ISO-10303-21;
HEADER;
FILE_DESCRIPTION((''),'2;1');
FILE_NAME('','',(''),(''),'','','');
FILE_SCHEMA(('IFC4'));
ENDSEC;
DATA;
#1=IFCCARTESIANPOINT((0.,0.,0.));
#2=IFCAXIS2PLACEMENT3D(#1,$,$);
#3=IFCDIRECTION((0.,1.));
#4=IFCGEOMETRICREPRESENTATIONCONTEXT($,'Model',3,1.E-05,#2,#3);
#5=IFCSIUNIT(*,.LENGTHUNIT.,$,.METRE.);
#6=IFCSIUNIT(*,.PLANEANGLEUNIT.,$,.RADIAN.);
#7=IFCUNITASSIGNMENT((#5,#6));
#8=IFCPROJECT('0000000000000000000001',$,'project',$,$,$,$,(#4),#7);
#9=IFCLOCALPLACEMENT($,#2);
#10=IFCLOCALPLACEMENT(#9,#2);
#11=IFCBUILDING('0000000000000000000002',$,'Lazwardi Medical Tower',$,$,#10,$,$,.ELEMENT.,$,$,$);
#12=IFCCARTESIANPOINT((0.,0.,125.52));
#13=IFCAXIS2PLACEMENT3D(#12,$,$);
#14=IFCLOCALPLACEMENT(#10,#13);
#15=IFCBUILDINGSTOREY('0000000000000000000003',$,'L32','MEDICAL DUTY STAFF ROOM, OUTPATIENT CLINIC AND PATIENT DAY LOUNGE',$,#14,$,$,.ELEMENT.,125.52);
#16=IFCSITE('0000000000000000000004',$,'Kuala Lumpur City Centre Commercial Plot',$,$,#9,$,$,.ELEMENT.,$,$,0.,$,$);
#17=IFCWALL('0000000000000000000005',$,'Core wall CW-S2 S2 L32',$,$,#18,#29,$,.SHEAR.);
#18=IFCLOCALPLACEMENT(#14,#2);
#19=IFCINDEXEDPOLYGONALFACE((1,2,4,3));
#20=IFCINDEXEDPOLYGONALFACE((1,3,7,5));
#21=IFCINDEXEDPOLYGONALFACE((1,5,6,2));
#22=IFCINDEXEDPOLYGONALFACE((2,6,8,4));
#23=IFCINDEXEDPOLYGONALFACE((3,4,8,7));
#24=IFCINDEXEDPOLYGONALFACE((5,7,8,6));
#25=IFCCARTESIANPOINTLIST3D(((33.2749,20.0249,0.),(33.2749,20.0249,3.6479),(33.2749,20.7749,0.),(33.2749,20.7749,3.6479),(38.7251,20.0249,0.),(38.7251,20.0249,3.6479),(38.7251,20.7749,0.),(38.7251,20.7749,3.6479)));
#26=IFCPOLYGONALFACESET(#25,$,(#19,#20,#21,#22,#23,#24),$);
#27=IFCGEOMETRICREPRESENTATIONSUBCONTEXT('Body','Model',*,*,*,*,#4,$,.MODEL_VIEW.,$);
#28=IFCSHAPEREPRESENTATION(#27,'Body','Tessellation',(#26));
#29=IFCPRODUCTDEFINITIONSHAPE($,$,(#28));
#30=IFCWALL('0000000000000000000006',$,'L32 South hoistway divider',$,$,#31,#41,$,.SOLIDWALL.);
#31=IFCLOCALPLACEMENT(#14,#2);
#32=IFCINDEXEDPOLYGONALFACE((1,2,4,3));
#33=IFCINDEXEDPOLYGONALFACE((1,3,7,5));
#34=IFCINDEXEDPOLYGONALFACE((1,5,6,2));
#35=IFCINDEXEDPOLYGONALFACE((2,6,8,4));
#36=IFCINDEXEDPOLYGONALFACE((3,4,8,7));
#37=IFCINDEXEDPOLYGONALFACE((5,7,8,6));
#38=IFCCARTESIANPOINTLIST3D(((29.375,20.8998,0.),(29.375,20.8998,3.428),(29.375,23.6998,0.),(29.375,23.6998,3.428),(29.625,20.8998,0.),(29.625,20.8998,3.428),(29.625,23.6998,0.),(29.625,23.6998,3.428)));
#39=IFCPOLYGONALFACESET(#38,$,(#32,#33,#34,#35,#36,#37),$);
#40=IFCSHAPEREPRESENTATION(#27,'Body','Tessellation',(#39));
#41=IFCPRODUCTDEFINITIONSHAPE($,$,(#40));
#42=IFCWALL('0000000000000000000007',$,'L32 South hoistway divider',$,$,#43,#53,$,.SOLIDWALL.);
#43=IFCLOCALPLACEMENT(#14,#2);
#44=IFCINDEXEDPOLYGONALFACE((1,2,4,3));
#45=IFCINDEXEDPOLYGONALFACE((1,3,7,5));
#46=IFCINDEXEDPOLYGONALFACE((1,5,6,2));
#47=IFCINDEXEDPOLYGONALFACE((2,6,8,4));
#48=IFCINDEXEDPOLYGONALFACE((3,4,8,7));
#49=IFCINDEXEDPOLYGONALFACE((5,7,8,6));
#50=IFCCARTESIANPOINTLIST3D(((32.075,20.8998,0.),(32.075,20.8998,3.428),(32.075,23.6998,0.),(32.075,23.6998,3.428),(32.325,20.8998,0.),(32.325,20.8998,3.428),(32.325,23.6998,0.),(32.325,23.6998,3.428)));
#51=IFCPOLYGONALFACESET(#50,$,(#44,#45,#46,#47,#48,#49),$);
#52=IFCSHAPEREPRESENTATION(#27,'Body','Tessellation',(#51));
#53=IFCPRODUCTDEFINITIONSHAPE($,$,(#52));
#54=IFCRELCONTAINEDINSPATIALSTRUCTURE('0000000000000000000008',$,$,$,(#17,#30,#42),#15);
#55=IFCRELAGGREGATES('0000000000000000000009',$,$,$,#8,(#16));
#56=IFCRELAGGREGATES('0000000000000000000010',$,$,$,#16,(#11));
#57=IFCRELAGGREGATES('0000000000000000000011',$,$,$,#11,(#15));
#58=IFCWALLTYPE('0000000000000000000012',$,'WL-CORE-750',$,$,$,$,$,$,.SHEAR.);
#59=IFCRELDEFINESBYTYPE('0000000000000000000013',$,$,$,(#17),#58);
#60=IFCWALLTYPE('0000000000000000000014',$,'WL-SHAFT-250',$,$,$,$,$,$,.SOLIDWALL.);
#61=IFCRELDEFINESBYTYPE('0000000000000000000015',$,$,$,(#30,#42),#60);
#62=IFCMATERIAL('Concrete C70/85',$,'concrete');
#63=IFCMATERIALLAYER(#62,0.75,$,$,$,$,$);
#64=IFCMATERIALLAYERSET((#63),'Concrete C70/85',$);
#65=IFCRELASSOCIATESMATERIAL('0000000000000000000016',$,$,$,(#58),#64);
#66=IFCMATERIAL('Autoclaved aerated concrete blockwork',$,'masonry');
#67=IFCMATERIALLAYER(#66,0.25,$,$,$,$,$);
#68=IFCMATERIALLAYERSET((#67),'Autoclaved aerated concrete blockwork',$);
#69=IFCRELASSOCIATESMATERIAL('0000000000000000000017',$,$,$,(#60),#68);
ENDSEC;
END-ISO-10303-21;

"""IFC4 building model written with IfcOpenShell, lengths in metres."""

from ifc_helpers import new_model, si_unit, direction, frame, frame_2d, origin, place, context, subcontext, project, spatial, rectangle, extrude, material, layer, layer_set, type_object, element, save


model = new_model("IFC4")

# Units and contexts
model_context = context("Model", 3, precision=1e-05, world=origin(), true_north=direction((0.0, 1.0)))
body_context = subcontext(model_context, "Body", "Model", "MODEL_VIEW")
ifc_project = project(units=[si_unit("LENGTHUNIT", "METRE"), si_unit("PLANEANGLEUNIT", "RADIAN")], contexts=[model_context])

# Site, building, storey
site_placement = place(None, origin())
site = spatial("IfcSite", under=ifc_project, at=site_placement, Name="Kuala Lumpur City Centre Commercial Plot", CompositionType="ELEMENT", RefElevation=0.0)
building_placement = place(site_placement, origin())
building = spatial("IfcBuilding", under=site, at=building_placement, Name="Lazwardi Medical Tower", CompositionType="ELEMENT")
storey_placement = place(building_placement, frame((0.0, 0.0, 125.52)))
storey = spatial("IfcBuildingStorey", under=building, at=storey_placement, Name="L32", Description="MEDICAL DUTY STAFF ROOM, OUTPATIENT CLINIC AND PATIENT DAY LOUNGE", CompositionType="ELEMENT", Elevation=125.52)

# Shared definitions
ifc_material_1 = material(Name="Concrete C70/85", Category="concrete")

# Shared definitions
ifc_layer_1 = layer(ifc_material_1, 0.75)
ifc_layer_set_1 = layer_set([ifc_layer_1], Name="Concrete C70/85")
wall_type_1 = type_object("IfcWallType", Name="WL-CORE-750", PredefinedType="SHEAR", material=ifc_layer_set_1)

# Walls
wall_1_placement = place(storey_placement, frame((33.2749, 20.3999, 0.0), z_axis=(0.0, 0.0, 1.0), x_axis=(1.0, 0.0, 0.0)))
element("IfcWall", 1, at=wall_1_placement, inside=storey, type_object=wall_type_1, Name="Core wall CW-S2 S2 L32", PredefinedType="SHEAR", context=body_context, shape_type="SweptSolid", body=[
    extrude(rectangle(XDim=5.4502, YDim=0.75, at=frame_2d((2.7251, 0.0))), origin(), (0.0, 0.0, 1.0), 3.6479),
])
ifc_material_2 = material(Name="Autoclaved aerated concrete blockwork", Category="masonry")
ifc_layer_2 = layer(ifc_material_2, 0.25)
ifc_layer_set_2 = layer_set([ifc_layer_2], Name="Autoclaved aerated concrete blockwork")
wall_type_2 = type_object("IfcWallType", Name="WL-SHAFT-250", PredefinedType="SOLIDWALL", material=ifc_layer_set_2)
for number, where, z_axis, x_axis, name in (
    (2, (29.5, 20.8999, 0.0), (0.0, 0.0, 1.0), (0.0, 1.0, 0.0), "L32 South hoistway divider"),
    (3, (32.2, 20.8999, 0.0), (0.0, 0.0, 1.0), (0.0, 1.0, 0.0), "L32 South hoistway divider"),
):
    element("IfcWall", number, at=place(storey_placement, frame(where, z_axis=z_axis, x_axis=x_axis)), inside=storey, type_object=wall_type_2, Name=name, PredefinedType="SOLIDWALL", context=body_context, shape_type="SweptSolid", body=[
        extrude(rectangle(XDim=2.8, YDim=0.25, at=frame_2d((1.3999, 0.0))), origin(), (0.0, 0.0, 1.0), 3.428),
    ])

save(model, "model.ifc")
